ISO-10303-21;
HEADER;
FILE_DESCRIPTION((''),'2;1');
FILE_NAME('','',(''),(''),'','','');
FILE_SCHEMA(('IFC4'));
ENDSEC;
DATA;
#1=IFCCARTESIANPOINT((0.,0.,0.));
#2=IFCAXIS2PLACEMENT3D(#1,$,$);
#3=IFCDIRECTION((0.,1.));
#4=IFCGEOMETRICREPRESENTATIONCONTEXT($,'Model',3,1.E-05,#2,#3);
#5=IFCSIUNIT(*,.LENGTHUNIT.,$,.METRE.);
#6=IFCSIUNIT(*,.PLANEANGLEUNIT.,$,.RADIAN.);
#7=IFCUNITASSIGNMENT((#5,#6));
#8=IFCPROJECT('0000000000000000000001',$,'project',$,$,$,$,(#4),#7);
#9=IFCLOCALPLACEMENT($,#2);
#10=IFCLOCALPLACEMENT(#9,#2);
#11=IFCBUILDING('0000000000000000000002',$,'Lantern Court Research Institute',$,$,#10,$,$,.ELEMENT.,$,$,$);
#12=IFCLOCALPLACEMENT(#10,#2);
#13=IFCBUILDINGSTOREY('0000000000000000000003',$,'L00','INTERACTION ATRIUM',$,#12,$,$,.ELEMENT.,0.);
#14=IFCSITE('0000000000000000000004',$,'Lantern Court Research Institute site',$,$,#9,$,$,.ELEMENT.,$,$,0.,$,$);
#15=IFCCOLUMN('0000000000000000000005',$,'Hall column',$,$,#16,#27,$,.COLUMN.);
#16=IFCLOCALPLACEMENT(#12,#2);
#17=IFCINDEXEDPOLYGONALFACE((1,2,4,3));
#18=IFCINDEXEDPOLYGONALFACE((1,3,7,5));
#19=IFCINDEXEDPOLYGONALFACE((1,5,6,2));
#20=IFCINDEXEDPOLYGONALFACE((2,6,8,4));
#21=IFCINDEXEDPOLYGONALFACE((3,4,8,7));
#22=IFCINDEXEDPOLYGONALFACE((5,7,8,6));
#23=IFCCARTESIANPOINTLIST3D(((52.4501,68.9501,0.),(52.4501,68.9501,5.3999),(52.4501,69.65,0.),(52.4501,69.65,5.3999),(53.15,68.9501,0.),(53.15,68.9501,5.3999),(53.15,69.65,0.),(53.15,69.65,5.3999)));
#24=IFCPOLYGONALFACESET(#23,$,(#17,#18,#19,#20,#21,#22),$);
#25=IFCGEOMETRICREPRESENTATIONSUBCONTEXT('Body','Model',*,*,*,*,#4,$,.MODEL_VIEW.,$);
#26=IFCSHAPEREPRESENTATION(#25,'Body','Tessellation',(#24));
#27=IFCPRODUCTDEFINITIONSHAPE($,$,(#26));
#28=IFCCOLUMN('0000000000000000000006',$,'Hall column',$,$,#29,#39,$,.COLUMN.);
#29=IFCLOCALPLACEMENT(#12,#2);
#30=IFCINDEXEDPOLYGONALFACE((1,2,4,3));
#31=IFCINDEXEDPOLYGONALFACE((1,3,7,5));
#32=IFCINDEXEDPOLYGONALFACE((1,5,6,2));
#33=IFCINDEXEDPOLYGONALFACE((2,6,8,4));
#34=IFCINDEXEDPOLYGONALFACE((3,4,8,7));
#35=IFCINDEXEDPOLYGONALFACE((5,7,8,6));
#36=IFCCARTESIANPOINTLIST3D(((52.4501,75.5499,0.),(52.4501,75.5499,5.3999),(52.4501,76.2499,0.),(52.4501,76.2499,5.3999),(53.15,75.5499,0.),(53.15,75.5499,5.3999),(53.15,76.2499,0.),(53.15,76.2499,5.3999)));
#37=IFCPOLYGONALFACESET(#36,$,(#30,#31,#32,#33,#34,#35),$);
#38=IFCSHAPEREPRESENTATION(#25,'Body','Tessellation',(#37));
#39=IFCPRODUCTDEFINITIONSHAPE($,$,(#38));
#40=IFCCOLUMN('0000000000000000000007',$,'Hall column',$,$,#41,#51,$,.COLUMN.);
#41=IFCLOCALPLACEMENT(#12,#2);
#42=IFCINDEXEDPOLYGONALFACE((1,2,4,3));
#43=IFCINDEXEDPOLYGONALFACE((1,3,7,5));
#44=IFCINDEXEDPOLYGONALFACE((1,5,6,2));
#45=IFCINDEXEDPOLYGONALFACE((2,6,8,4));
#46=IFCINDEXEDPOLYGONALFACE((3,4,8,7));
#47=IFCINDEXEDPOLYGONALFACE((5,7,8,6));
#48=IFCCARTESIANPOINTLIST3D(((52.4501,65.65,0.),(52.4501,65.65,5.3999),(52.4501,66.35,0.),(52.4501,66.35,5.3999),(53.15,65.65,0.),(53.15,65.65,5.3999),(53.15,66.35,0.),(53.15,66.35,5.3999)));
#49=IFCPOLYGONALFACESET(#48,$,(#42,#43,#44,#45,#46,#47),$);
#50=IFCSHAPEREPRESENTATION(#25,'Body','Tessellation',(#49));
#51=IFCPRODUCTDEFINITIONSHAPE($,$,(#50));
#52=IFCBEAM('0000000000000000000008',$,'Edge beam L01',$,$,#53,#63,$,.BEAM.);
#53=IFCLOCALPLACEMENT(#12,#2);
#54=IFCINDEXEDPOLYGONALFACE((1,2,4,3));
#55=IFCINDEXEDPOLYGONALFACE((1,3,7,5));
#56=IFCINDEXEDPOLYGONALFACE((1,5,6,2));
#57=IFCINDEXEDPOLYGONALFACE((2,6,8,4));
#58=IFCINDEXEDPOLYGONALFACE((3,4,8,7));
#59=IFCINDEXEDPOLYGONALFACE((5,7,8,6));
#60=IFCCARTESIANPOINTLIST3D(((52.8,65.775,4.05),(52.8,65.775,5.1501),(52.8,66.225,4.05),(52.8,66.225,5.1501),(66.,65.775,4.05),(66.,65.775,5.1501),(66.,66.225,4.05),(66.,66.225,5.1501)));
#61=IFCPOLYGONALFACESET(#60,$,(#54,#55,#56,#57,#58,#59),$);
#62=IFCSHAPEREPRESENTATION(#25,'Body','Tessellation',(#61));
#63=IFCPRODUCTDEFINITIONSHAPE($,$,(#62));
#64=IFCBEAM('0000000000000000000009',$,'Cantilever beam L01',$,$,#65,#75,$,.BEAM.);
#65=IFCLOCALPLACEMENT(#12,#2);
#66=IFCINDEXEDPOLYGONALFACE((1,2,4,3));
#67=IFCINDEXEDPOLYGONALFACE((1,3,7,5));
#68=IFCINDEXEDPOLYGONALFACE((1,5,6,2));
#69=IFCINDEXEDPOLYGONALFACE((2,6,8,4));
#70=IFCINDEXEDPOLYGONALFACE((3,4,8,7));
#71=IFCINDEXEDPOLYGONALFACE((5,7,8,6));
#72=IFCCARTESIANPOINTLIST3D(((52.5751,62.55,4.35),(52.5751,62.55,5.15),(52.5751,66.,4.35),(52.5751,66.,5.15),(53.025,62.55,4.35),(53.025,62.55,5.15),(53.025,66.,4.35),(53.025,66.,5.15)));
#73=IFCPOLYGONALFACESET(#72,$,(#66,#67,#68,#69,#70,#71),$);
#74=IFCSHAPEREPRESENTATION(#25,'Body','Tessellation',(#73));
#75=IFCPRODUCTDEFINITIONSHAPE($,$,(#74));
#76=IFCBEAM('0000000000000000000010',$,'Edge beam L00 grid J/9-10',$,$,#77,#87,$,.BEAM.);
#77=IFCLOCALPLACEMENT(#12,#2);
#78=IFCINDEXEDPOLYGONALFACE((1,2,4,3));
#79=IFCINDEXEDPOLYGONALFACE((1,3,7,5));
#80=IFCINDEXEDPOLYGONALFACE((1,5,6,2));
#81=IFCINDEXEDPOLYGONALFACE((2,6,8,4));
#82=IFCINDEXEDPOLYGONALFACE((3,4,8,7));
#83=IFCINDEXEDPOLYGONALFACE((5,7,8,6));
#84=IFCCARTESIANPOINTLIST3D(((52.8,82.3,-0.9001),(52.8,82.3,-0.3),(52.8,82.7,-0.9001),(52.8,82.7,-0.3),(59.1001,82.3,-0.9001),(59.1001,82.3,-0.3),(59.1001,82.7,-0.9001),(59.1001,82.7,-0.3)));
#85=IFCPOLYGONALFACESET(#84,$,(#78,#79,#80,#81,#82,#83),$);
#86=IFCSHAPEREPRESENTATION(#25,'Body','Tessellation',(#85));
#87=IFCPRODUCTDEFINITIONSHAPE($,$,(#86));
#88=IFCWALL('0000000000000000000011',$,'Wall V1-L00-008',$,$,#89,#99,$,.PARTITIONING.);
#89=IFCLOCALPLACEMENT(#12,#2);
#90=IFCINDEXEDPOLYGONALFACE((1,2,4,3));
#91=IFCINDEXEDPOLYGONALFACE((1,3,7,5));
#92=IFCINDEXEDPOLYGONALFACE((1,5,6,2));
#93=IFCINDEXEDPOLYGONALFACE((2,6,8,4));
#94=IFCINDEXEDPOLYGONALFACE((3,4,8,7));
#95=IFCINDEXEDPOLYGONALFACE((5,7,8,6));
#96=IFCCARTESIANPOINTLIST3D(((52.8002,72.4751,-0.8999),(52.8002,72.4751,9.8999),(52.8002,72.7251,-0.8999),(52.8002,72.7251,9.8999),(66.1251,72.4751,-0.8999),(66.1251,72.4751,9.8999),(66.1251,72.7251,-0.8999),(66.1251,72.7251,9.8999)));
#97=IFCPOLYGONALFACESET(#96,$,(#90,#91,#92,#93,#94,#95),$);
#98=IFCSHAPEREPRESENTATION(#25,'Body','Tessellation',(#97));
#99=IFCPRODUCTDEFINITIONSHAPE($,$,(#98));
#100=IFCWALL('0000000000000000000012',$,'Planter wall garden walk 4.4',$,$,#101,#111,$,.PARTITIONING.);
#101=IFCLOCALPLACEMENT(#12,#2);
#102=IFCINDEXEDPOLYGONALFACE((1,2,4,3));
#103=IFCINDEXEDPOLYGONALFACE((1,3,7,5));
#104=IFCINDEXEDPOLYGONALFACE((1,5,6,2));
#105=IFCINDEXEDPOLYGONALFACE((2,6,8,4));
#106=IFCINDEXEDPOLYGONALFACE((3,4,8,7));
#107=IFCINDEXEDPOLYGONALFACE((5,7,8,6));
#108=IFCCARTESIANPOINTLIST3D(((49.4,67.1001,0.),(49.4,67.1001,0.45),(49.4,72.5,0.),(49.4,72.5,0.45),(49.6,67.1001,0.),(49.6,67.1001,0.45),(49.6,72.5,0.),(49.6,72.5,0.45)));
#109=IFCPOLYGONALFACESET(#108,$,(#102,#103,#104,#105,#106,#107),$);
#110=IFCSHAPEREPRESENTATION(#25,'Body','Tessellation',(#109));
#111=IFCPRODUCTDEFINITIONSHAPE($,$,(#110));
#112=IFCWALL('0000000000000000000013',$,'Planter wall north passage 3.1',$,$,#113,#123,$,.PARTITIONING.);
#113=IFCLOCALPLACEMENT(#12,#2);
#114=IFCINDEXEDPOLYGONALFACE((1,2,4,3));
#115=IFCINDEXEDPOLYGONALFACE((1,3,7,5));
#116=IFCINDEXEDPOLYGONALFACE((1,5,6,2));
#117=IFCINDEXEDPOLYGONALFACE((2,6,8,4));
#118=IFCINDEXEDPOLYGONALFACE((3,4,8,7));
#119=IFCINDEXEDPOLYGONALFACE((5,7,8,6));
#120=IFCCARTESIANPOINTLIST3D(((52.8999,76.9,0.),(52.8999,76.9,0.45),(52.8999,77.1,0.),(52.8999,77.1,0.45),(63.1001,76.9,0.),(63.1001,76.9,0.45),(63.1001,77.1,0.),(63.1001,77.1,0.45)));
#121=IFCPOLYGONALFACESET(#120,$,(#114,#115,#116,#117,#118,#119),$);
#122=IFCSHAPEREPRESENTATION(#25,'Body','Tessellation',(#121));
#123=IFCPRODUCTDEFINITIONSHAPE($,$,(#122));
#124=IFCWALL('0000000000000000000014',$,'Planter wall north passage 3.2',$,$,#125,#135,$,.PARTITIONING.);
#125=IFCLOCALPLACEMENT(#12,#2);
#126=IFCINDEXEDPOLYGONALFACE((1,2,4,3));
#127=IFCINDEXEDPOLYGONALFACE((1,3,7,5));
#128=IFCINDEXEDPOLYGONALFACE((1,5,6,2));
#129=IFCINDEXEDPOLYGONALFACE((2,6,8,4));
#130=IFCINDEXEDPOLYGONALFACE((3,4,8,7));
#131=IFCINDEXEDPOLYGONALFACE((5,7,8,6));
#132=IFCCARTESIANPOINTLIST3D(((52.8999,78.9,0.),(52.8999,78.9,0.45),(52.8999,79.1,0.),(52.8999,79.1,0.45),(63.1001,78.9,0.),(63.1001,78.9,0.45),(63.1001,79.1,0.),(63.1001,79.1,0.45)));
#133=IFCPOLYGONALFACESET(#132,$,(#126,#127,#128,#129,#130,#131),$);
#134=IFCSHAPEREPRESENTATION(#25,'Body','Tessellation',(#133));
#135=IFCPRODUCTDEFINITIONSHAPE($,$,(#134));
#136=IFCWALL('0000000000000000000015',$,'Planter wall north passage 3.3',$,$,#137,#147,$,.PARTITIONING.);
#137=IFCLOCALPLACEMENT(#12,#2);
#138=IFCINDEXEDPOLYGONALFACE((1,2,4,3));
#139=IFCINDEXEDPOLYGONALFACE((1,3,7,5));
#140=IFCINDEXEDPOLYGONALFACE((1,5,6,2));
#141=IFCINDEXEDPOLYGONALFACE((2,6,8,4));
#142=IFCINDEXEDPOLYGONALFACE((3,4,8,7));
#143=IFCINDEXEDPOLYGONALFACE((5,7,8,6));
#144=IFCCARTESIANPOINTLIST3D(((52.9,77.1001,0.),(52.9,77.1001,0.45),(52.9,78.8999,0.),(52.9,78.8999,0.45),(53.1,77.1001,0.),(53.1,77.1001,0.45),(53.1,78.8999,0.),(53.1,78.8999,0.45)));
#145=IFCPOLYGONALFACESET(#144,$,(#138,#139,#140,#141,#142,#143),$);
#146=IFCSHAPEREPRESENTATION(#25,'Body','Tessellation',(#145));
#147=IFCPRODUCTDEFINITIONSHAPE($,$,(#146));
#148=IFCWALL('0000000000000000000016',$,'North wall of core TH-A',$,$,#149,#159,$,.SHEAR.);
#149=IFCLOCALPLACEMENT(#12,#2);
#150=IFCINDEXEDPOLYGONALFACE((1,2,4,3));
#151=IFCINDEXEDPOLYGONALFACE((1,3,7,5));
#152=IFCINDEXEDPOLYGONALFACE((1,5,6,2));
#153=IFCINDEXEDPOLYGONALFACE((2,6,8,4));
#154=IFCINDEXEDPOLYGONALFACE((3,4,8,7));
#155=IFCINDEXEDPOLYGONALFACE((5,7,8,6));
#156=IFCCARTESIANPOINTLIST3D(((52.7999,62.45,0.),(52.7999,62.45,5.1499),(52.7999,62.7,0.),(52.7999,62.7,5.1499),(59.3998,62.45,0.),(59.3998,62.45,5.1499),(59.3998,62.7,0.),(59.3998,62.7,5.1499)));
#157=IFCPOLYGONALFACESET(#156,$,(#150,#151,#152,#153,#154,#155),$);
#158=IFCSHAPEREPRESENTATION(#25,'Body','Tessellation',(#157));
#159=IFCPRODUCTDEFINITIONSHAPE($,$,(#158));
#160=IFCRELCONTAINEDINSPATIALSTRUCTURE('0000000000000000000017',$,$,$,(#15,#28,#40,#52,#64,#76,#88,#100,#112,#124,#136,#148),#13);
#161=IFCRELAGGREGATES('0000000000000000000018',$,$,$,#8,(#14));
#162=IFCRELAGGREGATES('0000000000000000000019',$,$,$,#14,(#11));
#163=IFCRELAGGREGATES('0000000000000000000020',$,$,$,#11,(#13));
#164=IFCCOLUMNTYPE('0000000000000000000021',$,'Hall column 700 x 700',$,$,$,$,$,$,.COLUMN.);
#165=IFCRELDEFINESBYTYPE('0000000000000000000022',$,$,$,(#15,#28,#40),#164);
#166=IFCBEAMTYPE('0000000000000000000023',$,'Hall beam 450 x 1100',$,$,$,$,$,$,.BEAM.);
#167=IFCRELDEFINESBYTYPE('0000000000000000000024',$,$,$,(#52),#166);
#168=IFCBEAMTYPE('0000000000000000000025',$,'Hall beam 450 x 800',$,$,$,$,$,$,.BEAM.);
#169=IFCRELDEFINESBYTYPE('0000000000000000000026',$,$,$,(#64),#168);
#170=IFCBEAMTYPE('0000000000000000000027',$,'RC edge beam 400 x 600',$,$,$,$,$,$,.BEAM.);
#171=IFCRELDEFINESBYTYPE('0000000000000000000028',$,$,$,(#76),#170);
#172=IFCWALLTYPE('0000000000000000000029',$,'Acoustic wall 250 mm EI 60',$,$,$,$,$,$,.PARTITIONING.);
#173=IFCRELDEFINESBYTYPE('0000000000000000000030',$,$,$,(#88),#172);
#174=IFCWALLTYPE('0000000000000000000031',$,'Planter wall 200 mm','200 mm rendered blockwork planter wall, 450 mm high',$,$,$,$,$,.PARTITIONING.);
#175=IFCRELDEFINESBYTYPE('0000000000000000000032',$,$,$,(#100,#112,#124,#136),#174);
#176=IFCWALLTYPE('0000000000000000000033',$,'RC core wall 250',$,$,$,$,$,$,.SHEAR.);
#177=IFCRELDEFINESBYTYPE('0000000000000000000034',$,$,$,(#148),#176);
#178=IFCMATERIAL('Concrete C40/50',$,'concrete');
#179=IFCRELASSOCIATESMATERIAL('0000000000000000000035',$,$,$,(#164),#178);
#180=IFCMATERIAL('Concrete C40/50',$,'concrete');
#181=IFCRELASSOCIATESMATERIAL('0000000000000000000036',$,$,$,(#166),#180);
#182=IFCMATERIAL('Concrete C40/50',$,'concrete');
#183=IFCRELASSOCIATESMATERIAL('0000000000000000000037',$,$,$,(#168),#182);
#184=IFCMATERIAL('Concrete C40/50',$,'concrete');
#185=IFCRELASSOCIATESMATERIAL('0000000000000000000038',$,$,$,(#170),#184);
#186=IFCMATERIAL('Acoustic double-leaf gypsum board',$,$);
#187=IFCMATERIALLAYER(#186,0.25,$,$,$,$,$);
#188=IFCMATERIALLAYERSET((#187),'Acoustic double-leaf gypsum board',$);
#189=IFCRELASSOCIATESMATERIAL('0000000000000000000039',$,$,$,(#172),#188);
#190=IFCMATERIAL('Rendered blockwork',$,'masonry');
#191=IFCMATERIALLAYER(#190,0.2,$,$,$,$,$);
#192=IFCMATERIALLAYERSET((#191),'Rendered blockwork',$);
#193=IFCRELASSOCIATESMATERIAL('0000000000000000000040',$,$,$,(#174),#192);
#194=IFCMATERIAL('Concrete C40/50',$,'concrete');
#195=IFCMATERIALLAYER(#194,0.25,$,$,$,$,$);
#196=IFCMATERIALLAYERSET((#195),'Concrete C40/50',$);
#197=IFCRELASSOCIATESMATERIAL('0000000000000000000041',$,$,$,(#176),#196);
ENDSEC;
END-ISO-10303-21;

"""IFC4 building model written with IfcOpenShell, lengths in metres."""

from ifc_helpers import new_model, si_unit, direction, frame, frame_2d, origin, origin_2d, place, context, subcontext, project, spatial, rectangle, extrude, material, layer, layer_set, material_profile, profile_set, type_object, element, save


model = new_model("IFC4")

# Units and contexts
model_context = context("Model", 3, precision=1e-05, world=origin(), true_north=direction((0.0, 1.0)))
body_context = subcontext(model_context, "Body", "Model", "MODEL_VIEW")
ifc_project = project(units=[si_unit("LENGTHUNIT", "METRE"), si_unit("PLANEANGLEUNIT", "RADIAN")], contexts=[model_context])

# Site, building, storey
site_placement = place(None, origin())
site = spatial("IfcSite", under=ifc_project, at=site_placement, Name="Lantern Court Research Institute site", CompositionType="ELEMENT", RefElevation=0.0)
building_placement = place(site_placement, origin())
building = spatial("IfcBuilding", under=site, at=building_placement, Name="Lantern Court Research Institute", CompositionType="ELEMENT")
storey_placement = place(building_placement, origin())
storey = spatial("IfcBuildingStorey", under=building, at=storey_placement, Name="L00", Description="INTERACTION ATRIUM", CompositionType="ELEMENT", Elevation=0.0)

# Columns
ifc_material_1 = material(Name="Concrete C40/50", Category="concrete")
ifc_material_profile_1 = material_profile(ifc_material_1, rectangle(XDim=0.7, YDim=0.7, at=origin_2d()), Name="Hall column 700 x 700")
ifc_profile_set_1 = profile_set([ifc_material_profile_1], Name="Concrete C40/50")
column_type = type_object("IfcColumnType", Name="Hall column 700 x 700", PredefinedType="COLUMN", material=ifc_profile_set_1)
for number, where, z_axis, x_axis, name in (
    (1, (52.8, 69.3, 0.0), (0.0, 0.0, 1.0), (1.0, 0.0, 0.0), "Hall column"),
    (2, (52.8, 75.8999, 0.0), (0.0, 0.0, 1.0), (1.0, 0.0, 0.0), "Hall column"),
    (3, (52.8, 66.0, 0.0), (0.0, 0.0, 1.0), (1.0, 0.0, 0.0), "Hall column"),
):
    element("IfcColumn", number, at=place(storey_placement, frame(where, z_axis=z_axis, x_axis=x_axis)), inside=storey, type_object=column_type, Name=name, PredefinedType="COLUMN", context=body_context, shape_type="SweptSolid", body=[
        extrude(rectangle(XDim=0.7, YDim=0.7, at=origin_2d()), origin(), (0.0, 0.0, 1.0), 5.3999),
    ])

# Beams
ifc_material_2 = material(Name="Concrete C40/50", Category="concrete")
ifc_material_profile_2 = material_profile(ifc_material_2, rectangle(XDim=0.45, YDim=1.1001, at=origin_2d()), Name="Hall beam 450 x 1100")
ifc_profile_set_2 = profile_set([ifc_material_profile_2], Name="Concrete C40/50")
beam_type_1 = type_object("IfcBeamType", Name="Hall beam 450 x 1100", PredefinedType="BEAM", material=ifc_profile_set_2)
beam_1_placement = place(storey_placement, frame((52.8, 66.0, 4.6001), z_axis=(1.0, 0.0, 0.0), x_axis=(0.0, 1.0, 0.0)))
element("IfcBeam", 4, at=beam_1_placement, inside=storey, type_object=beam_type_1, Name="Edge beam L01", PredefinedType="BEAM", context=body_context, shape_type="SweptSolid", body=[
    extrude(rectangle(XDim=0.45, YDim=1.1001, at=origin_2d()), origin(), (0.0, 0.0, 1.0), 13.2),
])
ifc_material_3 = material(Name="Concrete C40/50", Category="concrete")
ifc_material_profile_3 = material_profile(ifc_material_3, rectangle(XDim=0.45, YDim=0.8, at=origin_2d()), Name="Hall beam 450 x 800")
ifc_profile_set_3 = profile_set([ifc_material_profile_3], Name="Concrete C40/50")
beam_type_2 = type_object("IfcBeamType", Name="Hall beam 450 x 800", PredefinedType="BEAM", material=ifc_profile_set_3)
beam_2_placement = place(storey_placement, frame((52.8, 62.55, 4.75), z_axis=(0.0, 1.0, 0.0), x_axis=(-1.0, 0.0, 0.0)))
element("IfcBeam", 5, at=beam_2_placement, inside=storey, type_object=beam_type_2, Name="Cantilever beam L01", PredefinedType="BEAM", context=body_context, shape_type="SweptSolid", body=[
    extrude(rectangle(XDim=0.45, YDim=0.8, at=origin_2d()), origin(), (0.0, 0.0, 1.0), 3.45),
])
ifc_material_4 = material(Name="Concrete C40/50", Category="concrete")
ifc_material_profile_4 = material_profile(ifc_material_4, rectangle(XDim=0.3999, YDim=0.6001, at=origin_2d()), Name="RC beam 400 x 600")
ifc_profile_set_4 = profile_set([ifc_material_profile_4], Name="Concrete C40/50")
beam_type_3 = type_object("IfcBeamType", Name="RC edge beam 400 x 600", PredefinedType="BEAM", material=ifc_profile_set_4)
beam_3_placement = place(storey_placement, frame((52.8, 82.5, -0.6001), z_axis=(1.0, 0.0, 0.0), x_axis=(0.0, 1.0, 0.0)))
element("IfcBeam", 6, at=beam_3_placement, inside=storey, type_object=beam_type_3, Name="Edge beam L00 grid J/9-10", PredefinedType="BEAM", context=body_context, shape_type="SweptSolid", body=[
    extrude(rectangle(XDim=0.3999, YDim=0.6001, at=origin_2d()), origin(), (0.0, 0.0, 1.0), 6.3),
])

# Walls
ifc_material_5 = material(Name="Acoustic double-leaf gypsum board")
ifc_layer_1 = layer(ifc_material_5, 0.25)
ifc_layer_set_1 = layer_set([ifc_layer_1], Name="Acoustic double-leaf gypsum board")
wall_type_1 = type_object("IfcWallType", Name="Acoustic wall 250 mm EI 60", PredefinedType="PARTITIONING", material=ifc_layer_set_1)
wall_1_placement = place(storey_placement, frame((52.8, 72.6001, -0.8999), z_axis=(0.0, 0.0, 1.0), x_axis=(1.0, 0.0, 0.0)))
element("IfcWall", 7, at=wall_1_placement, inside=storey, type_object=wall_type_1, Name="Wall V1-L00-008", PredefinedType="PARTITIONING", context=body_context, shape_type="SweptSolid", body=[
    extrude(rectangle(XDim=13.325, YDim=0.25, at=frame_2d((6.6626, 0.0))), origin(), (0.0, 0.0, 1.0), 10.7998),
])
ifc_material_6 = material(Name="Rendered blockwork", Category="masonry")
ifc_layer_2 = layer(ifc_material_6, 0.2)
ifc_layer_set_2 = layer_set([ifc_layer_2], Name="Rendered blockwork")
wall_type_2 = type_object("IfcWallType", Name="Planter wall 200 mm", Description="200 mm rendered blockwork planter wall, 450 mm high", PredefinedType="PARTITIONING", material=ifc_layer_set_2)
wall_2_placement = place(storey_placement, frame((49.5, 67.1001, 0.0), z_axis=(0.0, 0.0, 1.0), x_axis=(0.0, 1.0, 0.0)))
element("IfcWall", 8, at=wall_2_placement, inside=storey, type_object=wall_type_2, Name="Planter wall garden walk 4.4", PredefinedType="PARTITIONING", context=body_context, shape_type="SweptSolid", body=[
    extrude(rectangle(XDim=5.3999, YDim=0.2, at=frame_2d((2.7, 0.0))), origin(), (0.0, 0.0, 1.0), 0.45),
])
for number, where, z_axis, x_axis, name in (
    (9, (52.8999, 77.0, 0.0), (0.0, 0.0, 1.0), (1.0, 0.0, 0.0), "Planter wall north passage 3.1"),
    (10, (52.8999, 79.0, 0.0), (0.0, 0.0, 1.0), (1.0, 0.0, 0.0), "Planter wall north passage 3.2"),
):
    element("IfcWall", number, at=place(storey_placement, frame(where, z_axis=z_axis, x_axis=x_axis)), inside=storey, type_object=wall_type_2, Name=name, PredefinedType="PARTITIONING", context=body_context, shape_type="SweptSolid", body=[
        extrude(rectangle(XDim=10.2002, YDim=0.2, at=frame_2d((5.1001, 0.0))), origin(), (0.0, 0.0, 1.0), 0.45),
    ])
wall_3_placement = place(storey_placement, frame((53.0, 77.1001, 0.0), z_axis=(0.0, 0.0, 1.0), x_axis=(0.0, 1.0, 0.0)))
element("IfcWall", 11, at=wall_3_placement, inside=storey, type_object=wall_type_2, Name="Planter wall north passage 3.3", PredefinedType="PARTITIONING", context=body_context, shape_type="SweptSolid", body=[
    extrude(rectangle(XDim=1.7998, YDim=0.2, at=frame_2d((0.8999, 0.0))), origin(), (0.0, 0.0, 1.0), 0.45),
])
ifc_material_7 = material(Name="Concrete C40/50", Category="concrete")
ifc_layer_3 = layer(ifc_material_7, 0.25)
ifc_layer_set_3 = layer_set([ifc_layer_3], Name="Concrete C40/50")
wall_type_3 = type_object("IfcWallType", Name="RC core wall 250", PredefinedType="SHEAR", material=ifc_layer_set_3)
wall_4_placement = place(storey_placement, frame((52.8, 62.575, 0.0), z_axis=(0.0, 0.0, 1.0), x_axis=(1.0, 0.0, 0.0)))
element("IfcWall", 12, at=wall_4_placement, inside=storey, type_object=wall_type_3, Name="North wall of core TH-A", PredefinedType="SHEAR", context=body_context, shape_type="SweptSolid", body=[
    extrude(rectangle(XDim=6.5999, YDim=0.25, at=frame_2d((3.2998, 0.0))), origin(), (0.0, 0.0, 1.0), 5.1499),
])

save(model, "model.ifc")
